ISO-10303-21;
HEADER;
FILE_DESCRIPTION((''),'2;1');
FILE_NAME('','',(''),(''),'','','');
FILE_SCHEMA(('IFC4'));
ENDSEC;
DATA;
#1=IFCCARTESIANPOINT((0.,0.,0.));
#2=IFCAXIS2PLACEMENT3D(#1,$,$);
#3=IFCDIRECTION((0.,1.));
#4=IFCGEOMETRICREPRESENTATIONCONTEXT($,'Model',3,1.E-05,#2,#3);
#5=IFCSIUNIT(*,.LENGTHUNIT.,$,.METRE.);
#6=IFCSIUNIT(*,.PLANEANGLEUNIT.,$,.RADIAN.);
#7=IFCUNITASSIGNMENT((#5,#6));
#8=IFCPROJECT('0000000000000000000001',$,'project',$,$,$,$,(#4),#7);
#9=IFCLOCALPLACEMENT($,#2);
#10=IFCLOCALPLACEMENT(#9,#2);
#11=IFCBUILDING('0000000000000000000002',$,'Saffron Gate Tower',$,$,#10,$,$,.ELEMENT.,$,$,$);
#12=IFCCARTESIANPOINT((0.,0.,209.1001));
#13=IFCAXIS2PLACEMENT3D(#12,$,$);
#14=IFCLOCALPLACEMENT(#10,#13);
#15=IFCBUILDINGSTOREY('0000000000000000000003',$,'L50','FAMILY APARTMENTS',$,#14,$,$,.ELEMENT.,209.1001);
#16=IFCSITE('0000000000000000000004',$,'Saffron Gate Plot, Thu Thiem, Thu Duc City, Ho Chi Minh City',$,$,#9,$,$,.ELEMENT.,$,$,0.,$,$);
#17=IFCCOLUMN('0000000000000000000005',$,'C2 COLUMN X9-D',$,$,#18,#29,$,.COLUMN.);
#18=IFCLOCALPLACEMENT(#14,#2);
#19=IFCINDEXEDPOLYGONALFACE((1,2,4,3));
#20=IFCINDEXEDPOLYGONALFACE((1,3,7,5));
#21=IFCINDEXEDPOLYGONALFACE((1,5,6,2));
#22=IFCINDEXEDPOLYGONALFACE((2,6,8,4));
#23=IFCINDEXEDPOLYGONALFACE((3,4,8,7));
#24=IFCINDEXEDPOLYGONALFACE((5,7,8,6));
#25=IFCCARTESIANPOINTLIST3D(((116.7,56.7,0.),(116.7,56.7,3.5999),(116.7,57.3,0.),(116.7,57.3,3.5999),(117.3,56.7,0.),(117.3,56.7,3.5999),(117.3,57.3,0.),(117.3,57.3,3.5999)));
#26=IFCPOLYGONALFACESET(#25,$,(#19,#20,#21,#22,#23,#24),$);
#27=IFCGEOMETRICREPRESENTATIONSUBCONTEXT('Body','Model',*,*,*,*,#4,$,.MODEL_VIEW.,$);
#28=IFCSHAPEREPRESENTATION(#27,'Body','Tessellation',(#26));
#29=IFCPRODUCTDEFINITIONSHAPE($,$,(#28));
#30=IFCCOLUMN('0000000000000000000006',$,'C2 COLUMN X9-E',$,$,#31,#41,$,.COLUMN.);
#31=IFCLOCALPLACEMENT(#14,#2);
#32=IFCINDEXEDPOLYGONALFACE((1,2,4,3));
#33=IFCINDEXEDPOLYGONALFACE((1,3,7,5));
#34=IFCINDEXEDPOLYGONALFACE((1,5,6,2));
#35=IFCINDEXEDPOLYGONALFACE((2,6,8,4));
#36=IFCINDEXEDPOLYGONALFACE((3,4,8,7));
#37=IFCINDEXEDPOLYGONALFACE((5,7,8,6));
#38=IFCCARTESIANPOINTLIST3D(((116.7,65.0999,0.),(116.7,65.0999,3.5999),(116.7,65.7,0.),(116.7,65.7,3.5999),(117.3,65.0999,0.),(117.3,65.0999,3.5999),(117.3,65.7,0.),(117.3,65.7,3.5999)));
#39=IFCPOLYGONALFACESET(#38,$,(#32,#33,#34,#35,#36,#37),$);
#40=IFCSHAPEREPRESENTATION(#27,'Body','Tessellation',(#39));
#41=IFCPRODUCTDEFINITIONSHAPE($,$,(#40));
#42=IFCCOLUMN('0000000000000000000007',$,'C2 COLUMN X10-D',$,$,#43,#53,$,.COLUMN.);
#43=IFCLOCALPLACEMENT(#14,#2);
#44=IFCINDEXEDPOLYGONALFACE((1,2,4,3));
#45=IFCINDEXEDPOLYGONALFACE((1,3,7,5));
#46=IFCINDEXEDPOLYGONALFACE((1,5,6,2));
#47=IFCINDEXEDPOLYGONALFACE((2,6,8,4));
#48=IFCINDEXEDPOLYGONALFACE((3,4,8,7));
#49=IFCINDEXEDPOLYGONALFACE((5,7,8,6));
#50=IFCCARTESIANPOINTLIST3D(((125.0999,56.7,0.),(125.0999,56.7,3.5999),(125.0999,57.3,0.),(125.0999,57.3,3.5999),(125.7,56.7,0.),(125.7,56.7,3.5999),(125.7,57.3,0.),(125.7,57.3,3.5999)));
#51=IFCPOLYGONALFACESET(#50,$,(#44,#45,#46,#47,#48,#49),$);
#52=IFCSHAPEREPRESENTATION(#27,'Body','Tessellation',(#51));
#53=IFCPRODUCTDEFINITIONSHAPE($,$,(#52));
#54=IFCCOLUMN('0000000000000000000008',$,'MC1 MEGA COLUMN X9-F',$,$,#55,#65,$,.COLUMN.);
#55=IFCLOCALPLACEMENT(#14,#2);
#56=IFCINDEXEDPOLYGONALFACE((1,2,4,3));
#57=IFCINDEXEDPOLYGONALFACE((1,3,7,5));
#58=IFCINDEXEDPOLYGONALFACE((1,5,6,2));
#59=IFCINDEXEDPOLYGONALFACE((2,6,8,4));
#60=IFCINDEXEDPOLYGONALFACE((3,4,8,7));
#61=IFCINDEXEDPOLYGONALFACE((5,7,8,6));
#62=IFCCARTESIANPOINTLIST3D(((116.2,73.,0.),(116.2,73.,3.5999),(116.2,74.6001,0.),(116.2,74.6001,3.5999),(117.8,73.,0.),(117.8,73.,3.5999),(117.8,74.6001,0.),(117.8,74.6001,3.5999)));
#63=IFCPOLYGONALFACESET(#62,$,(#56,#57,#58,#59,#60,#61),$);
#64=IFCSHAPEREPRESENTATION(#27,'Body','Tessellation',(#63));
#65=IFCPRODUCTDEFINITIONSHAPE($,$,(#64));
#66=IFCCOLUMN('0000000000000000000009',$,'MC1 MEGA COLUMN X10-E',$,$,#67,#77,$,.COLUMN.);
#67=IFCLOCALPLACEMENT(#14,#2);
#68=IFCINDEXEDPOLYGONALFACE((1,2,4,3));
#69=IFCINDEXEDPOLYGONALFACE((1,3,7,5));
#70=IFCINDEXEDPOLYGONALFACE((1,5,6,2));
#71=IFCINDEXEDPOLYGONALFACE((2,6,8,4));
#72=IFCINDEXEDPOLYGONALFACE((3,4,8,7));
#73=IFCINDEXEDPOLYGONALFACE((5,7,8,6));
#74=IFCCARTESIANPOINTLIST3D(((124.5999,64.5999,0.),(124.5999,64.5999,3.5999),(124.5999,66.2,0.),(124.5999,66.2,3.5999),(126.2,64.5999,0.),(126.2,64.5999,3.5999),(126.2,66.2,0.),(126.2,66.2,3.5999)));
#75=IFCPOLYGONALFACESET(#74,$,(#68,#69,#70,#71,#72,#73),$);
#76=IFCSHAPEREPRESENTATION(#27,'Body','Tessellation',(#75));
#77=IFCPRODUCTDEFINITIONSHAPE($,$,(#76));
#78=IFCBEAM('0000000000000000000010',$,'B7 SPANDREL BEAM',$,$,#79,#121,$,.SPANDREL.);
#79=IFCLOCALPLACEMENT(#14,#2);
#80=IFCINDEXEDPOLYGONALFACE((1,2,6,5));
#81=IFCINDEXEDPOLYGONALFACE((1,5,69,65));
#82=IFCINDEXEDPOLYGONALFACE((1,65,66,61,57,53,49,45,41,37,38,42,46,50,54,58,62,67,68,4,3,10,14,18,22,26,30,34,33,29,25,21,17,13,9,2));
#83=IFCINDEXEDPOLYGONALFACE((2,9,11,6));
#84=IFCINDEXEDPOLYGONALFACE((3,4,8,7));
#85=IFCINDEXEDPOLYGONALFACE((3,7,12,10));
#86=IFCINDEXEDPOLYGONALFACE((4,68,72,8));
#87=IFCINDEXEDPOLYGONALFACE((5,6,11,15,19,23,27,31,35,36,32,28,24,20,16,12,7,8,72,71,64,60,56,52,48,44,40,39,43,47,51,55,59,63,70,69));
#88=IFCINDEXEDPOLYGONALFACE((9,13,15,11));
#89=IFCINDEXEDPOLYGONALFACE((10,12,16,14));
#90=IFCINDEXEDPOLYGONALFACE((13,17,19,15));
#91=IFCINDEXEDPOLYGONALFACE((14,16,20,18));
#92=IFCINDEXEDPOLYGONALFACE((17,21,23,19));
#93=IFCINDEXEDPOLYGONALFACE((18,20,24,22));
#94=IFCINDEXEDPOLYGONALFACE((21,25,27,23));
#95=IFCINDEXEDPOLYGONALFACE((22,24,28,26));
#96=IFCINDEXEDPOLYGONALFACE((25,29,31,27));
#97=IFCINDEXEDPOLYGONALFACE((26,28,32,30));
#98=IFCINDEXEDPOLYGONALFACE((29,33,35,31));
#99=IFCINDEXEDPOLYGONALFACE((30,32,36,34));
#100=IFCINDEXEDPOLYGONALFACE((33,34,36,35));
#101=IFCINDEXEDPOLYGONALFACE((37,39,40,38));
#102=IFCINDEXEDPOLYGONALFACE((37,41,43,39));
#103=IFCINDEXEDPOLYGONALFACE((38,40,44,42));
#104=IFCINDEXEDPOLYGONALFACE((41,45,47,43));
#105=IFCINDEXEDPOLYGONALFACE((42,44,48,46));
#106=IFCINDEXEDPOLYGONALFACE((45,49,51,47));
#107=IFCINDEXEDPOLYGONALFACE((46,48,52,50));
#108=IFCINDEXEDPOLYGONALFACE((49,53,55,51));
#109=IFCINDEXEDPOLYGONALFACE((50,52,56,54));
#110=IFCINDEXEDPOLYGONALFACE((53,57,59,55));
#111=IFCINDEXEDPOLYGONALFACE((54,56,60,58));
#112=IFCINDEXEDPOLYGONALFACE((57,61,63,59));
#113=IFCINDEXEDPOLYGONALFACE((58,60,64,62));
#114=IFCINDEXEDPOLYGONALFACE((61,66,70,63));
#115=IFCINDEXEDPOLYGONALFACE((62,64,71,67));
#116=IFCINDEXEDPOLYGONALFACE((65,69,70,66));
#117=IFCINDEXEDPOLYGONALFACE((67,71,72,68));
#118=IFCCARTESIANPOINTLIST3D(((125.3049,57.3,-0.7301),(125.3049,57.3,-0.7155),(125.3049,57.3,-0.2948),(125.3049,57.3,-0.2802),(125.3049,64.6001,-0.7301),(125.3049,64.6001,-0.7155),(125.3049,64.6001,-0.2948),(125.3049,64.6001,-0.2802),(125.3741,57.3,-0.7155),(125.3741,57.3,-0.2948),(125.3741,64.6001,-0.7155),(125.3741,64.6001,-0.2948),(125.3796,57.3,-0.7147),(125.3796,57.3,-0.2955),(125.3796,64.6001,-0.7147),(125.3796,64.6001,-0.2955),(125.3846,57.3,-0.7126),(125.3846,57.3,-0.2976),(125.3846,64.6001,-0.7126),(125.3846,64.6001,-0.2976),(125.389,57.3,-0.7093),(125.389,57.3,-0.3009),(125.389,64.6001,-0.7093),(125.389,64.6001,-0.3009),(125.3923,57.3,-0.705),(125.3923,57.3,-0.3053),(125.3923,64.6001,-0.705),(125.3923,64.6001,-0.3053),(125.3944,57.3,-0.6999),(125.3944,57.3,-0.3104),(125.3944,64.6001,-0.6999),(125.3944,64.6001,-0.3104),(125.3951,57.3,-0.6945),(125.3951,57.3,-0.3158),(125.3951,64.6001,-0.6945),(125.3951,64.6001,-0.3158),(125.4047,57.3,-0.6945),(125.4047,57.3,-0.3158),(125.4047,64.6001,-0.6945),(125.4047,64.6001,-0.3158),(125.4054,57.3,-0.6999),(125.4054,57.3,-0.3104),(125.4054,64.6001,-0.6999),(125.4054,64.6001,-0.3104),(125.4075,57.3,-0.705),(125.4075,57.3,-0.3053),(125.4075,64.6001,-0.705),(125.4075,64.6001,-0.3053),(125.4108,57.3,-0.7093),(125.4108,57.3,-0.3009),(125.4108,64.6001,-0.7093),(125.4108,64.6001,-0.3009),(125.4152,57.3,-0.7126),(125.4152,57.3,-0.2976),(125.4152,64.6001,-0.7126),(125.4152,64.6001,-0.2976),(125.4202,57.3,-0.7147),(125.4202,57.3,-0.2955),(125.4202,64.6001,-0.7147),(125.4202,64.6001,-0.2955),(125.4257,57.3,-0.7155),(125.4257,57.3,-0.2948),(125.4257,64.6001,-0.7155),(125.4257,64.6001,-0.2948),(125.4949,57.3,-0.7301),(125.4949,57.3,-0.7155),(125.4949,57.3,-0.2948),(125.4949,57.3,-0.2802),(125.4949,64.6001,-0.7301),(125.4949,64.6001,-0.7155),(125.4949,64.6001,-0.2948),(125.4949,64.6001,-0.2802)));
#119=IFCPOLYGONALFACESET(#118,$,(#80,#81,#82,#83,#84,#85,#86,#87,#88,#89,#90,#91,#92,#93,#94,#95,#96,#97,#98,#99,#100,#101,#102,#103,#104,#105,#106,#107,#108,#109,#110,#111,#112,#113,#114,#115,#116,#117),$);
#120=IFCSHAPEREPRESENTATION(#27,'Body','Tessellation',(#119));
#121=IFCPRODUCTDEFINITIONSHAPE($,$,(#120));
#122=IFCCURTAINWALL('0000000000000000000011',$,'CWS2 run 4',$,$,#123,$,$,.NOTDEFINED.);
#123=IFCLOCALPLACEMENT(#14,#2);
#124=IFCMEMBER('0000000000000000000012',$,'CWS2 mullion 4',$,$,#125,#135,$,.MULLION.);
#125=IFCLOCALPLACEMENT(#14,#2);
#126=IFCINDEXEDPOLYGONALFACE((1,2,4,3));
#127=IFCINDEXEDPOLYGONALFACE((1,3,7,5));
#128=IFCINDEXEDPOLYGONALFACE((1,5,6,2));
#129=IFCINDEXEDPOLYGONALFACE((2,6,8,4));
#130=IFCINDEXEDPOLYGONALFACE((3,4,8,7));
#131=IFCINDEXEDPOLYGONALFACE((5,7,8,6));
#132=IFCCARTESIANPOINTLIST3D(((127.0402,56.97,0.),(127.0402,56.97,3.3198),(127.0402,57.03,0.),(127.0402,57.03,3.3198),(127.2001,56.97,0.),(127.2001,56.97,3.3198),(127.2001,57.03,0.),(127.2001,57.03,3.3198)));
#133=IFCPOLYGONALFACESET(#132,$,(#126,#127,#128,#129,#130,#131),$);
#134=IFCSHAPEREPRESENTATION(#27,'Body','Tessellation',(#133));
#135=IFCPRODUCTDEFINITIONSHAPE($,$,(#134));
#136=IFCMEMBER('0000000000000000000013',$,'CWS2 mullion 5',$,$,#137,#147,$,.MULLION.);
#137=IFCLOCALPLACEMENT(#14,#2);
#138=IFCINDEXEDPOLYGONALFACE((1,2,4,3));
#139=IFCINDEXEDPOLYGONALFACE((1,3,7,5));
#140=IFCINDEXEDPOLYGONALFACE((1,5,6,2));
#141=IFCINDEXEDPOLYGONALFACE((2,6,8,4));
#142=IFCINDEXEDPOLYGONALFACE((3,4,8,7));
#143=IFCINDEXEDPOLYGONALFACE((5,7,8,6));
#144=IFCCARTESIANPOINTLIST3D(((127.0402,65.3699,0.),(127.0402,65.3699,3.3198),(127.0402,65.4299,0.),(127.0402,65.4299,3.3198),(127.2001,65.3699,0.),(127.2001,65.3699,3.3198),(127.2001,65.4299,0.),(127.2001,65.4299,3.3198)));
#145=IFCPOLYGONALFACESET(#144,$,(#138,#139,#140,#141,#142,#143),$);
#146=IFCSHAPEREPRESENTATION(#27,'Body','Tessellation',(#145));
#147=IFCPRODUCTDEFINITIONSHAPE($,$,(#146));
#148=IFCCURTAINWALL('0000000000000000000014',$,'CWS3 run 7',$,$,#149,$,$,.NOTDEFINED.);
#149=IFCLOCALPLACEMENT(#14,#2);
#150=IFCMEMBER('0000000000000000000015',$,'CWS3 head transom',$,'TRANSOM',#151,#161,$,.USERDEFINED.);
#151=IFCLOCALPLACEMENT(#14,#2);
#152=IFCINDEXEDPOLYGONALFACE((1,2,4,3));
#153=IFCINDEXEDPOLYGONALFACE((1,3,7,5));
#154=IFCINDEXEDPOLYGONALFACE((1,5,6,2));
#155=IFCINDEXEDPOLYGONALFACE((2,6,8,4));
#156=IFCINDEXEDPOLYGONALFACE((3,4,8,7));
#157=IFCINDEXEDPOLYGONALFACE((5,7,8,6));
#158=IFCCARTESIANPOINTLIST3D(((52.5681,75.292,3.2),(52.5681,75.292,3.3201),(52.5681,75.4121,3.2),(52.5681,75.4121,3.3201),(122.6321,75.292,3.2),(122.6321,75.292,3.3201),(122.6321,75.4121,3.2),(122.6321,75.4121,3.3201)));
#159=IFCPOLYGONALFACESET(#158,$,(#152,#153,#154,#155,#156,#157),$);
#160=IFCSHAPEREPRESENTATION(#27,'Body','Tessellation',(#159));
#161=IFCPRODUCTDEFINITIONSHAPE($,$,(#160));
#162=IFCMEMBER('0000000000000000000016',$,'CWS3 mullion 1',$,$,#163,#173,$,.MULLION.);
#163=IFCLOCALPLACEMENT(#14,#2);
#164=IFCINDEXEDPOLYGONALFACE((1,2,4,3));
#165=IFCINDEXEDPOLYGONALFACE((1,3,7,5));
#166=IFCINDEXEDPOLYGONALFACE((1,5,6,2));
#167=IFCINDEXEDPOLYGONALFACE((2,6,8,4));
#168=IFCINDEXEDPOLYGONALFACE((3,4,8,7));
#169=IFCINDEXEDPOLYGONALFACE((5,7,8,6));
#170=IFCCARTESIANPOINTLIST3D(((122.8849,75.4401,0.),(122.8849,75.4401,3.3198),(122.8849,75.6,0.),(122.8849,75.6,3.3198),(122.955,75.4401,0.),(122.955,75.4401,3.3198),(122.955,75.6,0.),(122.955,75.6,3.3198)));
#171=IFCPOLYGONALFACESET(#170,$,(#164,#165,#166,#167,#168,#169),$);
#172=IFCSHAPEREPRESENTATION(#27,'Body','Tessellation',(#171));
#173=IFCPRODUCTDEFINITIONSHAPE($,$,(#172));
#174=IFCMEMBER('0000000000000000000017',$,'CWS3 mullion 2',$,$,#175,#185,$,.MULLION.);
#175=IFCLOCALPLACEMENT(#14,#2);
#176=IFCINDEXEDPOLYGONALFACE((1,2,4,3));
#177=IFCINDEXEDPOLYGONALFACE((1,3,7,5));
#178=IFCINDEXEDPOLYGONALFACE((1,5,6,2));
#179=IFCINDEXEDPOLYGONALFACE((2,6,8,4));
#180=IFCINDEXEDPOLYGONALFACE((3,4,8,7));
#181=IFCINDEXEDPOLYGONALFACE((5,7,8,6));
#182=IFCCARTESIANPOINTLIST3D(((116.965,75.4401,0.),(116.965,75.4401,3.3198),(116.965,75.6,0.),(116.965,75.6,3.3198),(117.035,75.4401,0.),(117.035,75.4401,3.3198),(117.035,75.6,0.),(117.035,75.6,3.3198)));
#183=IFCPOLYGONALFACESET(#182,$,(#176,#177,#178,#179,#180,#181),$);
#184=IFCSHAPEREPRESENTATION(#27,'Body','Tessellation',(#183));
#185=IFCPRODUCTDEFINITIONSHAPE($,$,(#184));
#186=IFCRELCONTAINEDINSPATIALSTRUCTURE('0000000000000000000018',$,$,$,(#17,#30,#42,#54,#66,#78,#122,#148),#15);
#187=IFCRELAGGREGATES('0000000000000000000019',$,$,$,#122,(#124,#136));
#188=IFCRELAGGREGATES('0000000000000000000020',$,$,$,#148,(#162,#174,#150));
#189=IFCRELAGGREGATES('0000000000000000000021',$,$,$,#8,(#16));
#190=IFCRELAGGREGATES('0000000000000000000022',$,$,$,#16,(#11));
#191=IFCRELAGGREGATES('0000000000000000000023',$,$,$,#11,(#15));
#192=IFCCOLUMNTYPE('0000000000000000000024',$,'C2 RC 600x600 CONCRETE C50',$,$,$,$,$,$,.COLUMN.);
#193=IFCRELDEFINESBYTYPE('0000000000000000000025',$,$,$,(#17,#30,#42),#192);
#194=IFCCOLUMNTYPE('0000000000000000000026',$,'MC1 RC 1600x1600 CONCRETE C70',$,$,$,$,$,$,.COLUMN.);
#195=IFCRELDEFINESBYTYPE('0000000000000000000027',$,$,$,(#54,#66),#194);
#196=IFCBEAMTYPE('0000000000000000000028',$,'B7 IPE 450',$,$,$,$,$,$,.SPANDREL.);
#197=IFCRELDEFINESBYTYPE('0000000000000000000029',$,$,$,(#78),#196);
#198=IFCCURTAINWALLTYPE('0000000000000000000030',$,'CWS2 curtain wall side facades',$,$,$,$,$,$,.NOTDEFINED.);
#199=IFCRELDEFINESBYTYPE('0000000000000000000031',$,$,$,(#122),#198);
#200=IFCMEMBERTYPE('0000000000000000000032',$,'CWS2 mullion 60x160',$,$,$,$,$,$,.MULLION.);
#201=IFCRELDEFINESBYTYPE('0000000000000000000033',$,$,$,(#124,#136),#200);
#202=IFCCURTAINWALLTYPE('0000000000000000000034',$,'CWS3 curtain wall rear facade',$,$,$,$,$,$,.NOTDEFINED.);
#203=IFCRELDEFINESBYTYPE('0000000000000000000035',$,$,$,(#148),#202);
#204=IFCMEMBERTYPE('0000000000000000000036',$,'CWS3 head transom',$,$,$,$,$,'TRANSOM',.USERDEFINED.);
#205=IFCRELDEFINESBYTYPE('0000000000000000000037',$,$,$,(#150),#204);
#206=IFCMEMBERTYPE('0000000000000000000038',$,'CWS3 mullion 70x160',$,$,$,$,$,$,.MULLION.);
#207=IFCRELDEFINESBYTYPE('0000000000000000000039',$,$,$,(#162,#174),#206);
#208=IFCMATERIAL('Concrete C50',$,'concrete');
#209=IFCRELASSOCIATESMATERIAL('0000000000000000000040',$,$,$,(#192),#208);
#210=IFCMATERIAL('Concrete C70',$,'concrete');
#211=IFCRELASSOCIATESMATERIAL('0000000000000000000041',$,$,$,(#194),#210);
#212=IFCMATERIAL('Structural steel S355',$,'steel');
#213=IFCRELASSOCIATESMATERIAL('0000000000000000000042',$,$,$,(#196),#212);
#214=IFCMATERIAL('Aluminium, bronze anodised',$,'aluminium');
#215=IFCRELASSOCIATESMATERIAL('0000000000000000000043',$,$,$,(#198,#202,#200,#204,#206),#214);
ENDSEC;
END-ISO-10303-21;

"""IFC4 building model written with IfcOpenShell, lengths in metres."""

from ifc_helpers import new_model, si_unit, direction, frame, origin, origin_2d, place, context, subcontext, project, spatial, rectangle, i_section, extrude, material, material_profile, profile_set, type_object, element, aggregate, save


model = new_model("IFC4")

# Units and contexts
model_context = context("Model", 3, precision=1e-05, world=origin(), true_north=direction((0.0, 1.0)))
body_context = subcontext(model_context, "Body", "Model", "MODEL_VIEW")
ifc_project = project(units=[si_unit("LENGTHUNIT", "METRE"), si_unit("PLANEANGLEUNIT", "RADIAN")], contexts=[model_context])

# Site, building, storey
site_placement = place(None, origin())
site = spatial("IfcSite", under=ifc_project, at=site_placement, Name="Saffron Gate Plot, Thu Thiem, Thu Duc City, Ho Chi Minh City", CompositionType="ELEMENT", RefElevation=0.0)
building_placement = place(site_placement, origin())
building = spatial("IfcBuilding", under=site, at=building_placement, Name="Saffron Gate Tower", CompositionType="ELEMENT")
storey_placement = place(building_placement, frame((0.0, 0.0, 209.1001)))
storey = spatial("IfcBuildingStorey", under=building, at=storey_placement, Name="L50", Description="FAMILY APARTMENTS", CompositionType="ELEMENT", Elevation=209.1001)

# Columns
ifc_material_1 = material(Name="Concrete C50", Category="concrete")
ifc_material_profile_1 = material_profile(ifc_material_1, rectangle(XDim=0.6001, YDim=0.6001, at=origin_2d()))
ifc_profile_set_1 = profile_set([ifc_material_profile_1], Name="Concrete C50")
column_type_1 = type_object("IfcColumnType", Name="C2 RC 600x600 CONCRETE C50", PredefinedType="COLUMN", material=ifc_profile_set_1)
for number, where, z_axis, x_axis, name in (
    (1, (117.0, 57.0, 0.0), (0.0, 0.0, 1.0), (1.0, 0.0, 0.0), "C2 COLUMN X9-D"),
    (2, (117.0, 65.3999, 0.0), (0.0, 0.0, 1.0), (1.0, 0.0, 0.0), "C2 COLUMN X9-E"),
    (3, (125.3999, 57.0, 0.0), (0.0, 0.0, 1.0), (1.0, 0.0, 0.0), "C2 COLUMN X10-D"),
):
    element("IfcColumn", number, at=place(storey_placement, frame(where, z_axis=z_axis, x_axis=x_axis)), inside=storey, type_object=column_type_1, Name=name, PredefinedType="COLUMN", context=body_context, shape_type="SweptSolid", body=[
        extrude(rectangle(XDim=0.6001, YDim=0.6001, at=origin_2d()), origin(), (0.0, 0.0, 1.0), 3.5999),
    ])
ifc_material_2 = material(Name="Concrete C70", Category="concrete")
ifc_material_profile_2 = material_profile(ifc_material_2, rectangle(XDim=1.6001, YDim=1.6001, at=origin_2d()))
ifc_profile_set_2 = profile_set([ifc_material_profile_2], Name="Concrete C70")
column_type_2 = type_object("IfcColumnType", Name="MC1 RC 1600x1600 CONCRETE C70", PredefinedType="COLUMN", material=ifc_profile_set_2)
for number, where, z_axis, x_axis, name in (
    (4, (117.0, 73.8, 0.0), (0.0, 0.0, 1.0), (1.0, 0.0, 0.0), "MC1 MEGA COLUMN X9-F"),
    (5, (125.3999, 65.3999, 0.0), (0.0, 0.0, 1.0), (1.0, 0.0, 0.0), "MC1 MEGA COLUMN X10-E"),
):
    element("IfcColumn", number, at=place(storey_placement, frame(where, z_axis=z_axis, x_axis=x_axis)), inside=storey, type_object=column_type_2, Name=name, PredefinedType="COLUMN", context=body_context, shape_type="SweptSolid", body=[
        extrude(rectangle(XDim=1.6001, YDim=1.6001, at=origin_2d()), origin(), (0.0, 0.0, 1.0), 3.5999),
    ])

# Beam
ifc_material_3 = material(Name="Structural steel S355", Category="steel")
ifc_material_profile_3 = material_profile(ifc_material_3, i_section(OverallWidth=0.1899, OverallDepth=0.45, WebThickness=0.0095, FlangeThickness=0.0146, FilletRadius=0.021, at=origin_2d()))
ifc_profile_set_3 = profile_set([ifc_material_profile_3], Name="Structural steel S355")
beam_type = type_object("IfcBeamType", Name="B7 IPE 450", PredefinedType="SPANDREL", material=ifc_profile_set_3)
beam_placement = place(storey_placement, frame((125.3999, 57.3, -0.5051), z_axis=(0.0, 1.0, 0.0), x_axis=(-1.0, 0.0, 0.0)))
element("IfcBeam", 6, at=beam_placement, inside=storey, type_object=beam_type, Name="B7 SPANDREL BEAM", PredefinedType="SPANDREL", context=body_context, shape_type="SweptSolid", body=[
    extrude(i_section(OverallWidth=0.1899, OverallDepth=0.45, WebThickness=0.0095, FlangeThickness=0.0146, FilletRadius=0.021, at=origin_2d()), origin(), (0.0, 0.0, 1.0), 7.3),
])

# Curtain walls, members
ifc_material_4 = material(Name="Aluminium, bronze anodised", Category="aluminium")
curtain_wall_type_1 = type_object("IfcCurtainWallType", Name="CWS2 curtain wall side facades", PredefinedType="NOTDEFINED", material=ifc_material_4)
curtain_wall_1_placement = place(storey_placement, origin())
curtain_wall_1 = element("IfcCurtainWall", 7, at=curtain_wall_1_placement, inside=storey, type_object=curtain_wall_type_1, Name="CWS2 run 4", PredefinedType="NOTDEFINED")
ifc_material_profile_4 = material_profile(ifc_material_4, rectangle(XDim=0.1599, YDim=0.0601, at=origin_2d()))
ifc_profile_set_4 = profile_set([ifc_material_profile_4], Name="Aluminium, bronze anodised")
member_type_1 = type_object("IfcMemberType", Name="CWS2 mullion 60x160", PredefinedType="MULLION", material=ifc_profile_set_4)
member_1_placement = place(storey_placement, frame((127.1201, 57.0, 0.0), z_axis=(0.0, 0.0, 1.0), x_axis=(-1.0, 0.0, 0.0)))
member_1 = element("IfcMember", 8, at=member_1_placement, type_object=member_type_1, Name="CWS2 mullion 4", PredefinedType="MULLION", context=body_context, shape_type="SweptSolid", body=[
    extrude(rectangle(XDim=0.1599, YDim=0.0601, at=origin_2d()), origin(), (0.0, 0.0, 1.0), 3.3198),
])
member_2_placement = place(storey_placement, frame((127.1201, 65.3999, 0.0), z_axis=(0.0, 0.0, 1.0), x_axis=(-1.0, 0.0, 0.0)))
member_2 = element("IfcMember", 9, at=member_2_placement, type_object=member_type_1, Name="CWS2 mullion 5", PredefinedType="MULLION", context=body_context, shape_type="SweptSolid", body=[
    extrude(rectangle(XDim=0.1599, YDim=0.0601, at=origin_2d()), origin(), (0.0, 0.0, 1.0), 3.3198),
])
aggregate(curtain_wall_1, [member_1, member_2])
curtain_wall_type_2 = type_object("IfcCurtainWallType", Name="CWS3 curtain wall rear facade", PredefinedType="NOTDEFINED", material=ifc_material_4)
curtain_wall_2_placement = place(storey_placement, origin())
curtain_wall_2 = element("IfcCurtainWall", 10, at=curtain_wall_2_placement, inside=storey, type_object=curtain_wall_type_2, Name="CWS3 run 7", PredefinedType="NOTDEFINED")
ifc_material_profile_5 = material_profile(ifc_material_4, rectangle(XDim=0.1201, YDim=0.1201, at=origin_2d()))
ifc_profile_set_5 = profile_set([ifc_material_profile_5], Name="Aluminium, bronze anodised")
member_type_2 = type_object("IfcMemberType", Name="CWS3 head transom", ElementType="TRANSOM", PredefinedType="USERDEFINED", material=ifc_profile_set_5)
member_3_placement = place(storey_placement, frame((122.6321, 75.3521, 3.26), z_axis=(-1.0, 0.0, 0.0), x_axis=(0.0, -1.0, 0.0)))
member_3 = element("IfcMember", 11, at=member_3_placement, type_object=member_type_2, Name="CWS3 head transom", ObjectType="TRANSOM", PredefinedType="USERDEFINED", context=body_context, shape_type="SweptSolid", body=[
    extrude(rectangle(XDim=0.1201, YDim=0.1201, at=origin_2d()), origin(), (0.0, 0.0, 1.0), 70.064),
])
ifc_material_profile_6 = material_profile(ifc_material_4, rectangle(XDim=0.1599, YDim=0.0701, at=origin_2d()))
ifc_profile_set_6 = profile_set([ifc_material_profile_6], Name="Aluminium, bronze anodised")
member_type_3 = type_object("IfcMemberType", Name="CWS3 mullion 70x160", PredefinedType="MULLION", material=ifc_profile_set_6)
member_4_placement = place(storey_placement, frame((122.9199, 75.52, 0.0), z_axis=(0.0, 0.0, 1.0), x_axis=(0.0, -1.0, 0.0)))
member_4 = element("IfcMember", 12, at=member_4_placement, type_object=member_type_3, Name="CWS3 mullion 1", PredefinedType="MULLION", context=body_context, shape_type="SweptSolid", body=[
    extrude(rectangle(XDim=0.1599, YDim=0.0701, at=origin_2d()), origin(), (0.0, 0.0, 1.0), 3.3198),
])
member_5_placement = place(storey_placement, frame((117.0, 75.52, 0.0), z_axis=(0.0, 0.0, 1.0), x_axis=(0.0, -1.0, 0.0)))
member_5 = element("IfcMember", 13, at=member_5_placement, type_object=member_type_3, Name="CWS3 mullion 2", PredefinedType="MULLION", context=body_context, shape_type="SweptSolid", body=[
    extrude(rectangle(XDim=0.1599, YDim=0.0701, at=origin_2d()), origin(), (0.0, 0.0, 1.0), 3.3198),
])

aggregate(curtain_wall_2, [member_4, member_5, member_3])

save(model, "model.ifc")
